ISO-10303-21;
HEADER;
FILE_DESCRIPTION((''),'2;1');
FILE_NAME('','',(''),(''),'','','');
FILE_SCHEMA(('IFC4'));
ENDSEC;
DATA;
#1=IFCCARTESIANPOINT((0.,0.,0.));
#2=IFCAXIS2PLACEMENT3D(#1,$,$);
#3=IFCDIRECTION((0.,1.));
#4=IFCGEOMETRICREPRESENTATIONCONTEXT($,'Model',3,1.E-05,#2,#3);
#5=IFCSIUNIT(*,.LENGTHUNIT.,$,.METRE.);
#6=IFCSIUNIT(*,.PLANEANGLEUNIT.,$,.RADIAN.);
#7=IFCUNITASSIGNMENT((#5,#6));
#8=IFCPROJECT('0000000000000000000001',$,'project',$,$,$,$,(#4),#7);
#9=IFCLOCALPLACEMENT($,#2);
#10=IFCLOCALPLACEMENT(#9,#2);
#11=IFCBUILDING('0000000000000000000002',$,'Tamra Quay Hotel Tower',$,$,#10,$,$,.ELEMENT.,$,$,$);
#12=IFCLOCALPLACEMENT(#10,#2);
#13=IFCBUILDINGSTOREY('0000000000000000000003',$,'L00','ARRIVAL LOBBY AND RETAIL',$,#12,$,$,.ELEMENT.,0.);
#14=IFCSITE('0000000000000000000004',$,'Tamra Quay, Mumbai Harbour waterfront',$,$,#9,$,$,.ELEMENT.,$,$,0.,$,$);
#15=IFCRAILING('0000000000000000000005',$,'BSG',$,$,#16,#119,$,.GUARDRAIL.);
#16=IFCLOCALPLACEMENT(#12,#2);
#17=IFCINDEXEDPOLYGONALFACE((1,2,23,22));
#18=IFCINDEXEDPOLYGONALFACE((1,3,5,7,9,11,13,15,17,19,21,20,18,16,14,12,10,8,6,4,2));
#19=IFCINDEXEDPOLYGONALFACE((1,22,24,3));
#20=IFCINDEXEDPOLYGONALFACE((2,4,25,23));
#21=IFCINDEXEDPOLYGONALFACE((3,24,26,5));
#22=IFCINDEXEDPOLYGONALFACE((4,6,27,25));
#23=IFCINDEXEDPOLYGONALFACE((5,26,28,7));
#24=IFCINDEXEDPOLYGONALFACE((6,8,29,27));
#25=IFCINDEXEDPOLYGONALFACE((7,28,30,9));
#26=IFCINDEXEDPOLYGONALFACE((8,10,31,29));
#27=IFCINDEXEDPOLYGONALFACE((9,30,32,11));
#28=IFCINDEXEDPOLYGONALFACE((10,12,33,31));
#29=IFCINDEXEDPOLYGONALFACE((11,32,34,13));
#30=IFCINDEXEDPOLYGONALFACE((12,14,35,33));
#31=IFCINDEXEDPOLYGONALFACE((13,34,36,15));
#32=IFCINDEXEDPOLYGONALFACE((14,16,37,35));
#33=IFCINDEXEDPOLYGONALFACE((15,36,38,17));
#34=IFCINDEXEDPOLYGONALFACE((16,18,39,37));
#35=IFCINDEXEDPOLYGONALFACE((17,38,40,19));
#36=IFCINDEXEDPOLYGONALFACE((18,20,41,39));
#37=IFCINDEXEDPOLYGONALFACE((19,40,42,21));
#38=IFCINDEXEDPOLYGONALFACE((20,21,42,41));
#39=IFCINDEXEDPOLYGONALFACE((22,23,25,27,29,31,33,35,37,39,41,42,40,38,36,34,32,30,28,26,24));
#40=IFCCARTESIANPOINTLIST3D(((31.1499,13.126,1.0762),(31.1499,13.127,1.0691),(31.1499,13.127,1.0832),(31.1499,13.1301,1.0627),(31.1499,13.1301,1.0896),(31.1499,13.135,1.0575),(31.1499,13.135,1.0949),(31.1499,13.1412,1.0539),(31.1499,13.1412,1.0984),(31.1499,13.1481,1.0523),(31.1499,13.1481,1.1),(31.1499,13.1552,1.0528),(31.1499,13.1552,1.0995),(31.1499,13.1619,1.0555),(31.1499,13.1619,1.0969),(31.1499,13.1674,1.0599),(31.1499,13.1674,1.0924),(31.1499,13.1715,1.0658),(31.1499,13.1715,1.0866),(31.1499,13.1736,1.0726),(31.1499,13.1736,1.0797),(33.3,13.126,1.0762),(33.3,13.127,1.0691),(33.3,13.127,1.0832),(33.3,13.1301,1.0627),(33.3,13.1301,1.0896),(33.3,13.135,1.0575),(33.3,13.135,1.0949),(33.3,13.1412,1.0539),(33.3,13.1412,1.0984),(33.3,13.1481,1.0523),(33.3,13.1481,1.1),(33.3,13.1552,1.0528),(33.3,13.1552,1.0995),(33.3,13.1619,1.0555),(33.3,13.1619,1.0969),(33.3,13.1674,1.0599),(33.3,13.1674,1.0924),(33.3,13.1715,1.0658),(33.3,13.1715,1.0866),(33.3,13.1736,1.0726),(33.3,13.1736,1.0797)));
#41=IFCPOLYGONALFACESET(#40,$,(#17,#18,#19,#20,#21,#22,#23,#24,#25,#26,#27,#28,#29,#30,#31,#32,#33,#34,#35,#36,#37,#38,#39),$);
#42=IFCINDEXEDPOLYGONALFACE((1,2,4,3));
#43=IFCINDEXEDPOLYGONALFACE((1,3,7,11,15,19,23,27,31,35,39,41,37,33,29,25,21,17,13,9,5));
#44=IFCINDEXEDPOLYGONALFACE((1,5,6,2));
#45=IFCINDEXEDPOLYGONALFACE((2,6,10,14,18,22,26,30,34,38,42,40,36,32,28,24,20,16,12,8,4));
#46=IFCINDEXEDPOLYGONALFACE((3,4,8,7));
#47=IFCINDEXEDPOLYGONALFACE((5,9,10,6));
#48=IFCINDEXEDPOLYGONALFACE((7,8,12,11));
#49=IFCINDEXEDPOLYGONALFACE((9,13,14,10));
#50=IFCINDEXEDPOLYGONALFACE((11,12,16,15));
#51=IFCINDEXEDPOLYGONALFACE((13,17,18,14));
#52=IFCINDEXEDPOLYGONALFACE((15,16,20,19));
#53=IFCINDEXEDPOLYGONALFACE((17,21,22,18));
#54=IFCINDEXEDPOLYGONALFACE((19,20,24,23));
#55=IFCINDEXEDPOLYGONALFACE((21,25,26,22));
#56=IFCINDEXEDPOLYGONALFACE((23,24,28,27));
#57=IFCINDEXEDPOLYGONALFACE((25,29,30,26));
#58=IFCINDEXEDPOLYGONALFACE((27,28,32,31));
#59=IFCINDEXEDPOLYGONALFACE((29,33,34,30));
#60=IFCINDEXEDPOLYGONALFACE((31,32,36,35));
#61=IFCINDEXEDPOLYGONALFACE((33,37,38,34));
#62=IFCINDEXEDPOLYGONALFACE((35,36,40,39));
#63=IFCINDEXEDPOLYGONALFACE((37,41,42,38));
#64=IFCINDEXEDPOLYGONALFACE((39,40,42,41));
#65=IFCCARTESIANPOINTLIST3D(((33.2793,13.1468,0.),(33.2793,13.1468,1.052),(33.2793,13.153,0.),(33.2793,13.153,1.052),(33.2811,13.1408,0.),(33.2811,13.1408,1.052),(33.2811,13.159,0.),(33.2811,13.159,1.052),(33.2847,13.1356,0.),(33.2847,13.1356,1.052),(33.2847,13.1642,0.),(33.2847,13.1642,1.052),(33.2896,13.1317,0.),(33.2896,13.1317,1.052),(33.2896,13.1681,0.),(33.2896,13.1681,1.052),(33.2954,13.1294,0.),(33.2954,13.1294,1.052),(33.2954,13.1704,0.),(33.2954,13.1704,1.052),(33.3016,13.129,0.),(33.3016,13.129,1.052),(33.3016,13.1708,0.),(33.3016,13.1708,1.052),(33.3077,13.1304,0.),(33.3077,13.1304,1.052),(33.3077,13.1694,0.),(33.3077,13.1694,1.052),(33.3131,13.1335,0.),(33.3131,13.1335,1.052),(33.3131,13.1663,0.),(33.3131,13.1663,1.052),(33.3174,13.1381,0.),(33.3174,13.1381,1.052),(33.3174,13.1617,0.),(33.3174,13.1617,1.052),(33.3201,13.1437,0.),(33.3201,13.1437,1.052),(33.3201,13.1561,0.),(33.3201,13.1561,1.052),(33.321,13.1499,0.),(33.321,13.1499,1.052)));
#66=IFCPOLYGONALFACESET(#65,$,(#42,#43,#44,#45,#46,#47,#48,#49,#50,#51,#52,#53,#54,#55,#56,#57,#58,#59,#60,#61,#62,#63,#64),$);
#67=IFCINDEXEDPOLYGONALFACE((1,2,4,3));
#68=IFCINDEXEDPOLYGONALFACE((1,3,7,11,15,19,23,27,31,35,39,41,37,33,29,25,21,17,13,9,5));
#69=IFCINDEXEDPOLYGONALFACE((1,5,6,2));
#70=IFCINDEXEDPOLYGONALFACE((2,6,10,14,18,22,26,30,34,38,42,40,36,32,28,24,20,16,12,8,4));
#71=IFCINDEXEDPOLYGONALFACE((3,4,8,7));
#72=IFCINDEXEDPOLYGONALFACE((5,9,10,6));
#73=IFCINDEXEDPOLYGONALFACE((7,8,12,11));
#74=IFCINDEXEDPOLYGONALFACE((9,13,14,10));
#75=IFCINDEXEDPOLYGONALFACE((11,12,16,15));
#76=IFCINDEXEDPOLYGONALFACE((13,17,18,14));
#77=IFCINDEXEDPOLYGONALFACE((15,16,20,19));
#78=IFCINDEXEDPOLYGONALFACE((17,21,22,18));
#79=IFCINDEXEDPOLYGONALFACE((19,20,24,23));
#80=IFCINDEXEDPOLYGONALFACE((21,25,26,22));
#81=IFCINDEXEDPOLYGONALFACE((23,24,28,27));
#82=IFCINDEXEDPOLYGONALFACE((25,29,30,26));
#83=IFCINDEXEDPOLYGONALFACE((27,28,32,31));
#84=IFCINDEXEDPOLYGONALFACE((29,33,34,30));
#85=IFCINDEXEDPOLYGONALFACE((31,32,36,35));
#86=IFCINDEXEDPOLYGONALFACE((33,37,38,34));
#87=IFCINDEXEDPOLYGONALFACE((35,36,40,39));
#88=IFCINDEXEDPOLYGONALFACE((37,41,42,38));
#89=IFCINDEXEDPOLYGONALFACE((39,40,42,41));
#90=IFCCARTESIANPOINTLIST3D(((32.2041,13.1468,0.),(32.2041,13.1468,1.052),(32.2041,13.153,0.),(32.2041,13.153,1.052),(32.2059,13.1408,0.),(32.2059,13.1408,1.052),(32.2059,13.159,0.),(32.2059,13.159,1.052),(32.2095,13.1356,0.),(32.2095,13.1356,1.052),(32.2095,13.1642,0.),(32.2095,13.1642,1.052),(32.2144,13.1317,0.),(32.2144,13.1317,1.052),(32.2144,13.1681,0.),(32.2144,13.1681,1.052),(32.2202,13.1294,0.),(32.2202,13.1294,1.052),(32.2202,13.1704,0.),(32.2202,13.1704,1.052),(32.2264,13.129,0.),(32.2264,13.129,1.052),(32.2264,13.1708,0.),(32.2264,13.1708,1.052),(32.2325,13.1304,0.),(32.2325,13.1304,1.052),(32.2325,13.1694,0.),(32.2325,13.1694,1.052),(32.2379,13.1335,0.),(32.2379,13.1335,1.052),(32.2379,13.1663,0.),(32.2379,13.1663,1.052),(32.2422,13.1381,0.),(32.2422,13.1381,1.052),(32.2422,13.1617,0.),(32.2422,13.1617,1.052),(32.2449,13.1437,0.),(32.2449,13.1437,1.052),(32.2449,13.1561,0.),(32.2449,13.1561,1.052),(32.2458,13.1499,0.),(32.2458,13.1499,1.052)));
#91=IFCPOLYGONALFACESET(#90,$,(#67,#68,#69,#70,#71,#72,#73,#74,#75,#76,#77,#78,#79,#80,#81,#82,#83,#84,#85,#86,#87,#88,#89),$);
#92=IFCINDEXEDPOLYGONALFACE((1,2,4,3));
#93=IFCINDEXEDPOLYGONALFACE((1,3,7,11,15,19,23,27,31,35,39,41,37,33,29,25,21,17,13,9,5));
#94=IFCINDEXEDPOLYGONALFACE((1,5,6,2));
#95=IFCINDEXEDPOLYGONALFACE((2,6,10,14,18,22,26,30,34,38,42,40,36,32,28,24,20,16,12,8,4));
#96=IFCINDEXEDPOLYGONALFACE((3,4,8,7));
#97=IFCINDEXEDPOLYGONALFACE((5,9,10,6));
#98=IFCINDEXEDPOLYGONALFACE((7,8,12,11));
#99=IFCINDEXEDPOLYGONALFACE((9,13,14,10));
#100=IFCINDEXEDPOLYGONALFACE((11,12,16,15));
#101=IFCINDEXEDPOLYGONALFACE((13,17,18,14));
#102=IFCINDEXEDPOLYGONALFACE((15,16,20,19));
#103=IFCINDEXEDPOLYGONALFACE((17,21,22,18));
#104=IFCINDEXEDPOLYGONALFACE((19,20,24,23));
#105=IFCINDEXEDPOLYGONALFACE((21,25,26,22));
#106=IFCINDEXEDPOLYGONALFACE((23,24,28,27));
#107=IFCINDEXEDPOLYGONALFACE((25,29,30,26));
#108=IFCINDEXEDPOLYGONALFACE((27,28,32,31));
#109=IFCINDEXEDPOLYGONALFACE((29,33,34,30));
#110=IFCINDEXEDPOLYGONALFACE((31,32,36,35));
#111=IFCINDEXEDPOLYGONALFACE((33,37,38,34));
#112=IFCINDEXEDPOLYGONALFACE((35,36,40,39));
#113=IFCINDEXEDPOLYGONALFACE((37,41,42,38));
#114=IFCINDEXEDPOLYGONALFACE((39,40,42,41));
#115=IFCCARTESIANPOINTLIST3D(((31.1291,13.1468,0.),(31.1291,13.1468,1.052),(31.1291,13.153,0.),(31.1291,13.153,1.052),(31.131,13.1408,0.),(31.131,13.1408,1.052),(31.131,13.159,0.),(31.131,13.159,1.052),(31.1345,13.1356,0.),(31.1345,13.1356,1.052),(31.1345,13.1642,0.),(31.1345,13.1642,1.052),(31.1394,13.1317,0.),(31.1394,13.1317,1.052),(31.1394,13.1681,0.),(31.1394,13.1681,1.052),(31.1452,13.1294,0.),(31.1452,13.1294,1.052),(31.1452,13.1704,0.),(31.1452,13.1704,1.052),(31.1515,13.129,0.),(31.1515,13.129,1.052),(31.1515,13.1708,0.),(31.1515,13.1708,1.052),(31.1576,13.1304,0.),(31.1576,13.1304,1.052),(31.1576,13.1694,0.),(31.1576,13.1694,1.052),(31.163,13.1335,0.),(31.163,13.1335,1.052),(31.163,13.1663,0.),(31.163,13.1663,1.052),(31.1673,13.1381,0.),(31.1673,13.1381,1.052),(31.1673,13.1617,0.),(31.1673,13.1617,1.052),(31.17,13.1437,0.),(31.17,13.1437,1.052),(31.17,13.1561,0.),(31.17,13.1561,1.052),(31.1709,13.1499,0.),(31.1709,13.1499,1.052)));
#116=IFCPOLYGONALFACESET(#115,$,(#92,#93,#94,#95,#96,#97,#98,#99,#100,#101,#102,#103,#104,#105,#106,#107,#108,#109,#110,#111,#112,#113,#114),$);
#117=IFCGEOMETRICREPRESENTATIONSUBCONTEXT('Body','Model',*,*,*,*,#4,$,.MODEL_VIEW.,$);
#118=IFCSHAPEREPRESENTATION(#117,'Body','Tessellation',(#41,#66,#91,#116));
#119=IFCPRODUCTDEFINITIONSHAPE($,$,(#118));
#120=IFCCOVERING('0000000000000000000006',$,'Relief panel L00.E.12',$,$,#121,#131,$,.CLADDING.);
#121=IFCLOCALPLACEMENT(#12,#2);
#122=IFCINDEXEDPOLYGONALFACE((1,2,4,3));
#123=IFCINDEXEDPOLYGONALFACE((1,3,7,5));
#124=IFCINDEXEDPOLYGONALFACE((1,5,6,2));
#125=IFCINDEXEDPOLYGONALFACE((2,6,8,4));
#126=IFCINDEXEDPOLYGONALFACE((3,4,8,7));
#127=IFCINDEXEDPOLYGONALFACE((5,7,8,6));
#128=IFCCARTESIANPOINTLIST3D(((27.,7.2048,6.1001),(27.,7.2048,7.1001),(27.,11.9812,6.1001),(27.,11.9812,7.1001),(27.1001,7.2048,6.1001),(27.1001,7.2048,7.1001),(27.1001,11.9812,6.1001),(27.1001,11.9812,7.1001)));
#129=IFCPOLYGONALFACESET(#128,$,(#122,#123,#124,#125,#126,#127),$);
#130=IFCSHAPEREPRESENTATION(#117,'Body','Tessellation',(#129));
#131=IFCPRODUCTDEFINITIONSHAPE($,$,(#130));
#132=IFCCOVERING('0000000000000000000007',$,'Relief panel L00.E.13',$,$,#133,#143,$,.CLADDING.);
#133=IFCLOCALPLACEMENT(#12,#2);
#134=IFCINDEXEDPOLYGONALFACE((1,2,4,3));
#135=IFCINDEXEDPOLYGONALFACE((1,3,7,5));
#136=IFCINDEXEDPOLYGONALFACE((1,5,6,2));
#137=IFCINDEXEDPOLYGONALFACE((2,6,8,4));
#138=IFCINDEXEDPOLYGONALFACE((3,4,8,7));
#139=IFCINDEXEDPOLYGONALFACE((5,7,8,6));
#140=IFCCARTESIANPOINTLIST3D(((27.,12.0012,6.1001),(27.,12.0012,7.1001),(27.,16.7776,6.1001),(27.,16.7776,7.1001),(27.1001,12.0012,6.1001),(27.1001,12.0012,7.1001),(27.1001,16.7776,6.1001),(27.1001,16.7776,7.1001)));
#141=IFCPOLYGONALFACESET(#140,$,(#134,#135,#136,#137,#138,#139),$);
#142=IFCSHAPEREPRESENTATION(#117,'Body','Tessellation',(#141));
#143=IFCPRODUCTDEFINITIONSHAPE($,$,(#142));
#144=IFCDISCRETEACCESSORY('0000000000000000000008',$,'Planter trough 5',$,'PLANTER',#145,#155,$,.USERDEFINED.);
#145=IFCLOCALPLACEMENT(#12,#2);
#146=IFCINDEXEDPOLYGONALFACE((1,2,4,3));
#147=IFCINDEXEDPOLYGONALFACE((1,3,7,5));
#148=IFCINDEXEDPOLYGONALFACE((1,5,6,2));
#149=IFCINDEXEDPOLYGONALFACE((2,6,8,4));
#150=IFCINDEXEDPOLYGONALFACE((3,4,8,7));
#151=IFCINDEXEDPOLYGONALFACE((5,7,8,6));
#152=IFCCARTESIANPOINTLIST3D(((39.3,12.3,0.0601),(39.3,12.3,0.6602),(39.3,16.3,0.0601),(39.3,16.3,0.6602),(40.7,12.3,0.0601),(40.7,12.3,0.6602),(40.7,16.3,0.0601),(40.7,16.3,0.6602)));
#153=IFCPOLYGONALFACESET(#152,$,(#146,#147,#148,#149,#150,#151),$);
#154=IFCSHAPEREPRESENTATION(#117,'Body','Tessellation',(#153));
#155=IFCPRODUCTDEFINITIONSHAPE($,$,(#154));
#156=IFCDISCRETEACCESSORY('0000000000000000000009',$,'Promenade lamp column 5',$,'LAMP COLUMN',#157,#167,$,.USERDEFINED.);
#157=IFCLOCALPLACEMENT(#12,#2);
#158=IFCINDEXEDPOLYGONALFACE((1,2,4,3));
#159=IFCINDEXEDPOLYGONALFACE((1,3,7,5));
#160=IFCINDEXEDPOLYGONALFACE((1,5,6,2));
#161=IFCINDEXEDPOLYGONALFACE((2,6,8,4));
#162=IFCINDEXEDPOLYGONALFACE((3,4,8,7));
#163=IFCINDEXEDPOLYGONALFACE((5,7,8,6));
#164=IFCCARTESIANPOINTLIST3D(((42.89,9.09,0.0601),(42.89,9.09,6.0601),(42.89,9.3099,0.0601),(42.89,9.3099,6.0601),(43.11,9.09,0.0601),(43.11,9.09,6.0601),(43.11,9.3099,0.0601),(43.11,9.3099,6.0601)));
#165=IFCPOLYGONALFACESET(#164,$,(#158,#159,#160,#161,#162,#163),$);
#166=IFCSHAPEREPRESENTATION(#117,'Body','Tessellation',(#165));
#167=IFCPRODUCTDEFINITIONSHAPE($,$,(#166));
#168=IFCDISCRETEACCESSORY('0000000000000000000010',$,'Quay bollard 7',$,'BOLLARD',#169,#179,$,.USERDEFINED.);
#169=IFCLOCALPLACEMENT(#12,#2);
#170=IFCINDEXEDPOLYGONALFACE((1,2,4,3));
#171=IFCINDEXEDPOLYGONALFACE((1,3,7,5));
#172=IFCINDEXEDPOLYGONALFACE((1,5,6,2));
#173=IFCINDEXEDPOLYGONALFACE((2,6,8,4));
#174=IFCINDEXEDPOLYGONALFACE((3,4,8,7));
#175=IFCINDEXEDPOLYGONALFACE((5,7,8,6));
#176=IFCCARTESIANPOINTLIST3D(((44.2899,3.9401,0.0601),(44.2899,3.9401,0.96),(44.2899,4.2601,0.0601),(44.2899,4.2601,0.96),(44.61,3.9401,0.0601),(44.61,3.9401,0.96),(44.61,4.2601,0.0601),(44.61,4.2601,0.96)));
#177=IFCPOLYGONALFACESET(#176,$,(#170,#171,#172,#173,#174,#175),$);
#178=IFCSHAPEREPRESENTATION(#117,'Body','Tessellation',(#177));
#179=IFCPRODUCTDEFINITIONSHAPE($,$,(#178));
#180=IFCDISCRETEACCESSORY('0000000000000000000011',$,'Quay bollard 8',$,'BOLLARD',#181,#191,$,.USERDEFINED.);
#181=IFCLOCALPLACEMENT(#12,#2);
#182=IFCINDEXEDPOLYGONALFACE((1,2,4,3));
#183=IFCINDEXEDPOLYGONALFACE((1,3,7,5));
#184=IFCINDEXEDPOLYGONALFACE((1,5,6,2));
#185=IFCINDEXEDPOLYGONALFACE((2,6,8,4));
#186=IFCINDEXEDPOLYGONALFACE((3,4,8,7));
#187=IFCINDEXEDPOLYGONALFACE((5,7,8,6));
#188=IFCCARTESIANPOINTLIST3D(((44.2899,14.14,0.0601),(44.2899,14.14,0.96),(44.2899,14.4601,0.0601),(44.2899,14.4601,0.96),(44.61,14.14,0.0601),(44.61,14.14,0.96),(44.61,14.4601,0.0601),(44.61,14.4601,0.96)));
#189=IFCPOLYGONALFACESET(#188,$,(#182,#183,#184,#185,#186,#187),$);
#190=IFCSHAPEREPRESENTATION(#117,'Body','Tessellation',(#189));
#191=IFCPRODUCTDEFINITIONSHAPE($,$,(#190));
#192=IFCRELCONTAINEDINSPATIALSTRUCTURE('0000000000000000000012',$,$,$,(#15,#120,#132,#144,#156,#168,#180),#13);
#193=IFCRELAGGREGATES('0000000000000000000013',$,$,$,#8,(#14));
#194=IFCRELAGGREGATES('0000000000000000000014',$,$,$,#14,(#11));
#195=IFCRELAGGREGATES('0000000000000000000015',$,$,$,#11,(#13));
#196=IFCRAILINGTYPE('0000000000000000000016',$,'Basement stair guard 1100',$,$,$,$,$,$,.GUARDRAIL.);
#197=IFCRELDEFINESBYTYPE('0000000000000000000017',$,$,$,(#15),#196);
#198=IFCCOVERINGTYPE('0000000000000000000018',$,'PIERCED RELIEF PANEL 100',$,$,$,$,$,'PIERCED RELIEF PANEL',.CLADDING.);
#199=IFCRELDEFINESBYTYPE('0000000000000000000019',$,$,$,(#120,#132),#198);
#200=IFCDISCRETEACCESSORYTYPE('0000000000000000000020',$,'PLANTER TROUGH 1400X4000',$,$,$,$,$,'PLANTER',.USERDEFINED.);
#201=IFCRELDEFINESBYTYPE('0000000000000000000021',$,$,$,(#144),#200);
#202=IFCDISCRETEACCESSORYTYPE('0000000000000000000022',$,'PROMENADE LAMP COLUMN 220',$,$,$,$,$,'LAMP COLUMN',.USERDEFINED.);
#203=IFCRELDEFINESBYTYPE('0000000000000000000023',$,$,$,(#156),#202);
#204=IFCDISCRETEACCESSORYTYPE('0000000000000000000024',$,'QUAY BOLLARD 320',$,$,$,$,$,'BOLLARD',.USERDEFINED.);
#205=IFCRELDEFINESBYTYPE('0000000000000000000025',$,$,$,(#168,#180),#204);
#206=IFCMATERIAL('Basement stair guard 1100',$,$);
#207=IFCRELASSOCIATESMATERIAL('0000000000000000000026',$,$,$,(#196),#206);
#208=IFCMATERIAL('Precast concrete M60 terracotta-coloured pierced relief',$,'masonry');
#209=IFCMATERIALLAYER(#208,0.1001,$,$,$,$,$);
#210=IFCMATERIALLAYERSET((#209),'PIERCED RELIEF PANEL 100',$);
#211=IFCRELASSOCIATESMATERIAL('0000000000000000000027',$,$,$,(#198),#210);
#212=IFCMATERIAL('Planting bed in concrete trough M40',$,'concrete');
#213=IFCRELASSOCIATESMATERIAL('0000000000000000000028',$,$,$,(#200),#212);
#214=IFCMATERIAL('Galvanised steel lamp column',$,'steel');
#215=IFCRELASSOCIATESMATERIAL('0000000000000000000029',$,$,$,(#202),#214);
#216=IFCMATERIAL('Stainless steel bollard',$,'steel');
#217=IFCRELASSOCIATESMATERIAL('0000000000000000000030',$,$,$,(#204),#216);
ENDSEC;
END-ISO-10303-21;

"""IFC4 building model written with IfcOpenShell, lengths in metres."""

from ifc_helpers import new_model, si_unit, direction, frame, origin, origin_2d, place, context, subcontext, project, spatial, rectangle, circle, extrude, material, layer, layer_set, type_object, element, save


model = new_model("IFC4")

# Units and contexts
model_context = context("Model", 3, precision=1e-05, world=origin(), true_north=direction((0.0, 1.0)))
body_context = subcontext(model_context, "Body", "Model", "MODEL_VIEW")
ifc_project = project(units=[si_unit("LENGTHUNIT", "METRE"), si_unit("PLANEANGLEUNIT", "RADIAN")], contexts=[model_context])

# Site, building, storey
site_placement = place(None, origin())
site = spatial("IfcSite", under=ifc_project, at=site_placement, Name="Tamra Quay, Mumbai Harbour waterfront", CompositionType="ELEMENT", RefElevation=0.0)
building_placement = place(site_placement, origin())
building = spatial("IfcBuilding", under=site, at=building_placement, Name="Tamra Quay Hotel Tower", CompositionType="ELEMENT")
storey_placement = place(building_placement, origin())
storey = spatial("IfcBuildingStorey", under=building, at=storey_placement, Name="L00", Description="ARRIVAL LOBBY AND RETAIL", CompositionType="ELEMENT", Elevation=0.0)

# Railing
ifc_material_1 = material(Name="Basement stair guard 1100")
railing_type = type_object("IfcRailingType", Name="Basement stair guard 1100", PredefinedType="GUARDRAIL", material=ifc_material_1)
railing_placement = place(storey_placement, frame((33.3, 13.1499, 0.0)))
element("IfcRailing", 1, at=railing_placement, inside=storey, type_object=railing_type, Name="BSG", PredefinedType="GUARDRAIL", context=body_context, shape_type="SweptSolid", body=[
    extrude(circle(Radius=0.0239, at=origin_2d()), frame((0.0, 0.0, 1.0762), z_axis=(-1.0, 0.0, 0.0), x_axis=(0.0, -1.0, 0.0)), (0.0, 0.0, 1.0), 2.1501),
    extrude(circle(Radius=0.021, at=origin_2d()), origin(), (0.0, 0.0, 1.0), 1.052),
    extrude(circle(Radius=0.021, at=origin_2d()), frame((-1.0752, 0.0, 0.0)), (0.0, 0.0, 1.0), 1.052),
    extrude(circle(Radius=0.021, at=origin_2d()), frame((-2.1501, 0.0, 0.0)), (0.0, 0.0, 1.0), 1.052),
])

# Coverings
ifc_material_2 = material(Name="Precast concrete M60 terracotta-coloured pierced relief", Category="masonry")
ifc_layer_1 = layer(ifc_material_2, 0.1001)
ifc_layer_set_1 = layer_set([ifc_layer_1], Name="PIERCED RELIEF PANEL 100")
covering_type = type_object("IfcCoveringType", Name="PIERCED RELIEF PANEL 100", ElementType="PIERCED RELIEF PANEL", PredefinedType="CLADDING", material=ifc_layer_set_1)
for number, where, z_axis, x_axis, name in (
    (2, (27.05, 9.593, 6.1001), (0.0, 0.0, 1.0), (0.0, 1.0, 0.0), "Relief panel L00.E.12"),
    (3, (27.05, 14.3894, 6.1001), (0.0, 0.0, 1.0), (0.0, 1.0, 0.0), "Relief panel L00.E.13"),
):
    element("IfcCovering", number, at=place(storey_placement, frame(where, z_axis=z_axis, x_axis=x_axis)), inside=storey, type_object=covering_type, Name=name, PredefinedType="CLADDING", context=body_context, shape_type="SweptSolid", body=[
        extrude(rectangle(XDim=4.7764, YDim=0.1001, at=origin_2d()), origin(), (0.0, 0.0, 1.0), 1.0),
    ])

# Discrete accessories
ifc_material_3 = material(Name="Planting bed in concrete trough M40", Category="concrete")
discrete_accessory_type_1 = type_object("IfcDiscreteAccessoryType", Name="PLANTER TROUGH 1400X4000", ElementType="PLANTER", PredefinedType="USERDEFINED", material=ifc_material_3)
discrete_accessory_1_placement = place(storey_placement, frame((40.0, 14.3, 0.0601), z_axis=(0.0, 0.0, 1.0), x_axis=(1.0, 0.0, 0.0)))
element("IfcDiscreteAccessory", 4, at=discrete_accessory_1_placement, inside=storey, type_object=discrete_accessory_type_1, Name="Planter trough 5", ObjectType="PLANTER", PredefinedType="USERDEFINED", context=body_context, shape_type="SweptSolid", body=[
    extrude(rectangle(XDim=1.3999, YDim=4.0, at=origin_2d()), origin(), (0.0, 0.0, 1.0), 0.6001),
])
ifc_material_4 = material(Name="Galvanised steel lamp column", Category="steel")
discrete_accessory_type_2 = type_object("IfcDiscreteAccessoryType", Name="PROMENADE LAMP COLUMN 220", ElementType="LAMP COLUMN", PredefinedType="USERDEFINED", material=ifc_material_4)
discrete_accessory_2_placement = place(storey_placement, frame((43.0, 9.2, 0.0601), z_axis=(0.0, 0.0, 1.0), x_axis=(1.0, 0.0, 0.0)))
element("IfcDiscreteAccessory", 5, at=discrete_accessory_2_placement, inside=storey, type_object=discrete_accessory_type_2, Name="Promenade lamp column 5", ObjectType="LAMP COLUMN", PredefinedType="USERDEFINED", context=body_context, shape_type="SweptSolid", body=[
    extrude(rectangle(XDim=0.22, YDim=0.22, at=origin_2d()), origin(), (0.0, 0.0, 1.0), 6.0),
])
ifc_material_5 = material(Name="Stainless steel bollard", Category="steel")
discrete_accessory_type_3 = type_object("IfcDiscreteAccessoryType", Name="QUAY BOLLARD 320", ElementType="BOLLARD", PredefinedType="USERDEFINED", material=ifc_material_5)
for number, where, z_axis, x_axis, name in (
    (6, (44.45, 4.1001, 0.0601), (0.0, 0.0, 1.0), (1.0, 0.0, 0.0), "Quay bollard 7"),
    (7, (44.45, 14.3, 0.0601), (0.0, 0.0, 1.0), (1.0, 0.0, 0.0), "Quay bollard 8"),
):
    element("IfcDiscreteAccessory", number, at=place(storey_placement, frame(where, z_axis=z_axis, x_axis=x_axis)), inside=storey, type_object=discrete_accessory_type_3, Name=name, ObjectType="BOLLARD", PredefinedType="USERDEFINED", context=body_context, shape_type="SweptSolid", body=[
        extrude(rectangle(XDim=0.3201, YDim=0.3201, at=origin_2d()), origin(), (0.0, 0.0, 1.0), 0.8999),
    ])

save(model, "model.ifc")
